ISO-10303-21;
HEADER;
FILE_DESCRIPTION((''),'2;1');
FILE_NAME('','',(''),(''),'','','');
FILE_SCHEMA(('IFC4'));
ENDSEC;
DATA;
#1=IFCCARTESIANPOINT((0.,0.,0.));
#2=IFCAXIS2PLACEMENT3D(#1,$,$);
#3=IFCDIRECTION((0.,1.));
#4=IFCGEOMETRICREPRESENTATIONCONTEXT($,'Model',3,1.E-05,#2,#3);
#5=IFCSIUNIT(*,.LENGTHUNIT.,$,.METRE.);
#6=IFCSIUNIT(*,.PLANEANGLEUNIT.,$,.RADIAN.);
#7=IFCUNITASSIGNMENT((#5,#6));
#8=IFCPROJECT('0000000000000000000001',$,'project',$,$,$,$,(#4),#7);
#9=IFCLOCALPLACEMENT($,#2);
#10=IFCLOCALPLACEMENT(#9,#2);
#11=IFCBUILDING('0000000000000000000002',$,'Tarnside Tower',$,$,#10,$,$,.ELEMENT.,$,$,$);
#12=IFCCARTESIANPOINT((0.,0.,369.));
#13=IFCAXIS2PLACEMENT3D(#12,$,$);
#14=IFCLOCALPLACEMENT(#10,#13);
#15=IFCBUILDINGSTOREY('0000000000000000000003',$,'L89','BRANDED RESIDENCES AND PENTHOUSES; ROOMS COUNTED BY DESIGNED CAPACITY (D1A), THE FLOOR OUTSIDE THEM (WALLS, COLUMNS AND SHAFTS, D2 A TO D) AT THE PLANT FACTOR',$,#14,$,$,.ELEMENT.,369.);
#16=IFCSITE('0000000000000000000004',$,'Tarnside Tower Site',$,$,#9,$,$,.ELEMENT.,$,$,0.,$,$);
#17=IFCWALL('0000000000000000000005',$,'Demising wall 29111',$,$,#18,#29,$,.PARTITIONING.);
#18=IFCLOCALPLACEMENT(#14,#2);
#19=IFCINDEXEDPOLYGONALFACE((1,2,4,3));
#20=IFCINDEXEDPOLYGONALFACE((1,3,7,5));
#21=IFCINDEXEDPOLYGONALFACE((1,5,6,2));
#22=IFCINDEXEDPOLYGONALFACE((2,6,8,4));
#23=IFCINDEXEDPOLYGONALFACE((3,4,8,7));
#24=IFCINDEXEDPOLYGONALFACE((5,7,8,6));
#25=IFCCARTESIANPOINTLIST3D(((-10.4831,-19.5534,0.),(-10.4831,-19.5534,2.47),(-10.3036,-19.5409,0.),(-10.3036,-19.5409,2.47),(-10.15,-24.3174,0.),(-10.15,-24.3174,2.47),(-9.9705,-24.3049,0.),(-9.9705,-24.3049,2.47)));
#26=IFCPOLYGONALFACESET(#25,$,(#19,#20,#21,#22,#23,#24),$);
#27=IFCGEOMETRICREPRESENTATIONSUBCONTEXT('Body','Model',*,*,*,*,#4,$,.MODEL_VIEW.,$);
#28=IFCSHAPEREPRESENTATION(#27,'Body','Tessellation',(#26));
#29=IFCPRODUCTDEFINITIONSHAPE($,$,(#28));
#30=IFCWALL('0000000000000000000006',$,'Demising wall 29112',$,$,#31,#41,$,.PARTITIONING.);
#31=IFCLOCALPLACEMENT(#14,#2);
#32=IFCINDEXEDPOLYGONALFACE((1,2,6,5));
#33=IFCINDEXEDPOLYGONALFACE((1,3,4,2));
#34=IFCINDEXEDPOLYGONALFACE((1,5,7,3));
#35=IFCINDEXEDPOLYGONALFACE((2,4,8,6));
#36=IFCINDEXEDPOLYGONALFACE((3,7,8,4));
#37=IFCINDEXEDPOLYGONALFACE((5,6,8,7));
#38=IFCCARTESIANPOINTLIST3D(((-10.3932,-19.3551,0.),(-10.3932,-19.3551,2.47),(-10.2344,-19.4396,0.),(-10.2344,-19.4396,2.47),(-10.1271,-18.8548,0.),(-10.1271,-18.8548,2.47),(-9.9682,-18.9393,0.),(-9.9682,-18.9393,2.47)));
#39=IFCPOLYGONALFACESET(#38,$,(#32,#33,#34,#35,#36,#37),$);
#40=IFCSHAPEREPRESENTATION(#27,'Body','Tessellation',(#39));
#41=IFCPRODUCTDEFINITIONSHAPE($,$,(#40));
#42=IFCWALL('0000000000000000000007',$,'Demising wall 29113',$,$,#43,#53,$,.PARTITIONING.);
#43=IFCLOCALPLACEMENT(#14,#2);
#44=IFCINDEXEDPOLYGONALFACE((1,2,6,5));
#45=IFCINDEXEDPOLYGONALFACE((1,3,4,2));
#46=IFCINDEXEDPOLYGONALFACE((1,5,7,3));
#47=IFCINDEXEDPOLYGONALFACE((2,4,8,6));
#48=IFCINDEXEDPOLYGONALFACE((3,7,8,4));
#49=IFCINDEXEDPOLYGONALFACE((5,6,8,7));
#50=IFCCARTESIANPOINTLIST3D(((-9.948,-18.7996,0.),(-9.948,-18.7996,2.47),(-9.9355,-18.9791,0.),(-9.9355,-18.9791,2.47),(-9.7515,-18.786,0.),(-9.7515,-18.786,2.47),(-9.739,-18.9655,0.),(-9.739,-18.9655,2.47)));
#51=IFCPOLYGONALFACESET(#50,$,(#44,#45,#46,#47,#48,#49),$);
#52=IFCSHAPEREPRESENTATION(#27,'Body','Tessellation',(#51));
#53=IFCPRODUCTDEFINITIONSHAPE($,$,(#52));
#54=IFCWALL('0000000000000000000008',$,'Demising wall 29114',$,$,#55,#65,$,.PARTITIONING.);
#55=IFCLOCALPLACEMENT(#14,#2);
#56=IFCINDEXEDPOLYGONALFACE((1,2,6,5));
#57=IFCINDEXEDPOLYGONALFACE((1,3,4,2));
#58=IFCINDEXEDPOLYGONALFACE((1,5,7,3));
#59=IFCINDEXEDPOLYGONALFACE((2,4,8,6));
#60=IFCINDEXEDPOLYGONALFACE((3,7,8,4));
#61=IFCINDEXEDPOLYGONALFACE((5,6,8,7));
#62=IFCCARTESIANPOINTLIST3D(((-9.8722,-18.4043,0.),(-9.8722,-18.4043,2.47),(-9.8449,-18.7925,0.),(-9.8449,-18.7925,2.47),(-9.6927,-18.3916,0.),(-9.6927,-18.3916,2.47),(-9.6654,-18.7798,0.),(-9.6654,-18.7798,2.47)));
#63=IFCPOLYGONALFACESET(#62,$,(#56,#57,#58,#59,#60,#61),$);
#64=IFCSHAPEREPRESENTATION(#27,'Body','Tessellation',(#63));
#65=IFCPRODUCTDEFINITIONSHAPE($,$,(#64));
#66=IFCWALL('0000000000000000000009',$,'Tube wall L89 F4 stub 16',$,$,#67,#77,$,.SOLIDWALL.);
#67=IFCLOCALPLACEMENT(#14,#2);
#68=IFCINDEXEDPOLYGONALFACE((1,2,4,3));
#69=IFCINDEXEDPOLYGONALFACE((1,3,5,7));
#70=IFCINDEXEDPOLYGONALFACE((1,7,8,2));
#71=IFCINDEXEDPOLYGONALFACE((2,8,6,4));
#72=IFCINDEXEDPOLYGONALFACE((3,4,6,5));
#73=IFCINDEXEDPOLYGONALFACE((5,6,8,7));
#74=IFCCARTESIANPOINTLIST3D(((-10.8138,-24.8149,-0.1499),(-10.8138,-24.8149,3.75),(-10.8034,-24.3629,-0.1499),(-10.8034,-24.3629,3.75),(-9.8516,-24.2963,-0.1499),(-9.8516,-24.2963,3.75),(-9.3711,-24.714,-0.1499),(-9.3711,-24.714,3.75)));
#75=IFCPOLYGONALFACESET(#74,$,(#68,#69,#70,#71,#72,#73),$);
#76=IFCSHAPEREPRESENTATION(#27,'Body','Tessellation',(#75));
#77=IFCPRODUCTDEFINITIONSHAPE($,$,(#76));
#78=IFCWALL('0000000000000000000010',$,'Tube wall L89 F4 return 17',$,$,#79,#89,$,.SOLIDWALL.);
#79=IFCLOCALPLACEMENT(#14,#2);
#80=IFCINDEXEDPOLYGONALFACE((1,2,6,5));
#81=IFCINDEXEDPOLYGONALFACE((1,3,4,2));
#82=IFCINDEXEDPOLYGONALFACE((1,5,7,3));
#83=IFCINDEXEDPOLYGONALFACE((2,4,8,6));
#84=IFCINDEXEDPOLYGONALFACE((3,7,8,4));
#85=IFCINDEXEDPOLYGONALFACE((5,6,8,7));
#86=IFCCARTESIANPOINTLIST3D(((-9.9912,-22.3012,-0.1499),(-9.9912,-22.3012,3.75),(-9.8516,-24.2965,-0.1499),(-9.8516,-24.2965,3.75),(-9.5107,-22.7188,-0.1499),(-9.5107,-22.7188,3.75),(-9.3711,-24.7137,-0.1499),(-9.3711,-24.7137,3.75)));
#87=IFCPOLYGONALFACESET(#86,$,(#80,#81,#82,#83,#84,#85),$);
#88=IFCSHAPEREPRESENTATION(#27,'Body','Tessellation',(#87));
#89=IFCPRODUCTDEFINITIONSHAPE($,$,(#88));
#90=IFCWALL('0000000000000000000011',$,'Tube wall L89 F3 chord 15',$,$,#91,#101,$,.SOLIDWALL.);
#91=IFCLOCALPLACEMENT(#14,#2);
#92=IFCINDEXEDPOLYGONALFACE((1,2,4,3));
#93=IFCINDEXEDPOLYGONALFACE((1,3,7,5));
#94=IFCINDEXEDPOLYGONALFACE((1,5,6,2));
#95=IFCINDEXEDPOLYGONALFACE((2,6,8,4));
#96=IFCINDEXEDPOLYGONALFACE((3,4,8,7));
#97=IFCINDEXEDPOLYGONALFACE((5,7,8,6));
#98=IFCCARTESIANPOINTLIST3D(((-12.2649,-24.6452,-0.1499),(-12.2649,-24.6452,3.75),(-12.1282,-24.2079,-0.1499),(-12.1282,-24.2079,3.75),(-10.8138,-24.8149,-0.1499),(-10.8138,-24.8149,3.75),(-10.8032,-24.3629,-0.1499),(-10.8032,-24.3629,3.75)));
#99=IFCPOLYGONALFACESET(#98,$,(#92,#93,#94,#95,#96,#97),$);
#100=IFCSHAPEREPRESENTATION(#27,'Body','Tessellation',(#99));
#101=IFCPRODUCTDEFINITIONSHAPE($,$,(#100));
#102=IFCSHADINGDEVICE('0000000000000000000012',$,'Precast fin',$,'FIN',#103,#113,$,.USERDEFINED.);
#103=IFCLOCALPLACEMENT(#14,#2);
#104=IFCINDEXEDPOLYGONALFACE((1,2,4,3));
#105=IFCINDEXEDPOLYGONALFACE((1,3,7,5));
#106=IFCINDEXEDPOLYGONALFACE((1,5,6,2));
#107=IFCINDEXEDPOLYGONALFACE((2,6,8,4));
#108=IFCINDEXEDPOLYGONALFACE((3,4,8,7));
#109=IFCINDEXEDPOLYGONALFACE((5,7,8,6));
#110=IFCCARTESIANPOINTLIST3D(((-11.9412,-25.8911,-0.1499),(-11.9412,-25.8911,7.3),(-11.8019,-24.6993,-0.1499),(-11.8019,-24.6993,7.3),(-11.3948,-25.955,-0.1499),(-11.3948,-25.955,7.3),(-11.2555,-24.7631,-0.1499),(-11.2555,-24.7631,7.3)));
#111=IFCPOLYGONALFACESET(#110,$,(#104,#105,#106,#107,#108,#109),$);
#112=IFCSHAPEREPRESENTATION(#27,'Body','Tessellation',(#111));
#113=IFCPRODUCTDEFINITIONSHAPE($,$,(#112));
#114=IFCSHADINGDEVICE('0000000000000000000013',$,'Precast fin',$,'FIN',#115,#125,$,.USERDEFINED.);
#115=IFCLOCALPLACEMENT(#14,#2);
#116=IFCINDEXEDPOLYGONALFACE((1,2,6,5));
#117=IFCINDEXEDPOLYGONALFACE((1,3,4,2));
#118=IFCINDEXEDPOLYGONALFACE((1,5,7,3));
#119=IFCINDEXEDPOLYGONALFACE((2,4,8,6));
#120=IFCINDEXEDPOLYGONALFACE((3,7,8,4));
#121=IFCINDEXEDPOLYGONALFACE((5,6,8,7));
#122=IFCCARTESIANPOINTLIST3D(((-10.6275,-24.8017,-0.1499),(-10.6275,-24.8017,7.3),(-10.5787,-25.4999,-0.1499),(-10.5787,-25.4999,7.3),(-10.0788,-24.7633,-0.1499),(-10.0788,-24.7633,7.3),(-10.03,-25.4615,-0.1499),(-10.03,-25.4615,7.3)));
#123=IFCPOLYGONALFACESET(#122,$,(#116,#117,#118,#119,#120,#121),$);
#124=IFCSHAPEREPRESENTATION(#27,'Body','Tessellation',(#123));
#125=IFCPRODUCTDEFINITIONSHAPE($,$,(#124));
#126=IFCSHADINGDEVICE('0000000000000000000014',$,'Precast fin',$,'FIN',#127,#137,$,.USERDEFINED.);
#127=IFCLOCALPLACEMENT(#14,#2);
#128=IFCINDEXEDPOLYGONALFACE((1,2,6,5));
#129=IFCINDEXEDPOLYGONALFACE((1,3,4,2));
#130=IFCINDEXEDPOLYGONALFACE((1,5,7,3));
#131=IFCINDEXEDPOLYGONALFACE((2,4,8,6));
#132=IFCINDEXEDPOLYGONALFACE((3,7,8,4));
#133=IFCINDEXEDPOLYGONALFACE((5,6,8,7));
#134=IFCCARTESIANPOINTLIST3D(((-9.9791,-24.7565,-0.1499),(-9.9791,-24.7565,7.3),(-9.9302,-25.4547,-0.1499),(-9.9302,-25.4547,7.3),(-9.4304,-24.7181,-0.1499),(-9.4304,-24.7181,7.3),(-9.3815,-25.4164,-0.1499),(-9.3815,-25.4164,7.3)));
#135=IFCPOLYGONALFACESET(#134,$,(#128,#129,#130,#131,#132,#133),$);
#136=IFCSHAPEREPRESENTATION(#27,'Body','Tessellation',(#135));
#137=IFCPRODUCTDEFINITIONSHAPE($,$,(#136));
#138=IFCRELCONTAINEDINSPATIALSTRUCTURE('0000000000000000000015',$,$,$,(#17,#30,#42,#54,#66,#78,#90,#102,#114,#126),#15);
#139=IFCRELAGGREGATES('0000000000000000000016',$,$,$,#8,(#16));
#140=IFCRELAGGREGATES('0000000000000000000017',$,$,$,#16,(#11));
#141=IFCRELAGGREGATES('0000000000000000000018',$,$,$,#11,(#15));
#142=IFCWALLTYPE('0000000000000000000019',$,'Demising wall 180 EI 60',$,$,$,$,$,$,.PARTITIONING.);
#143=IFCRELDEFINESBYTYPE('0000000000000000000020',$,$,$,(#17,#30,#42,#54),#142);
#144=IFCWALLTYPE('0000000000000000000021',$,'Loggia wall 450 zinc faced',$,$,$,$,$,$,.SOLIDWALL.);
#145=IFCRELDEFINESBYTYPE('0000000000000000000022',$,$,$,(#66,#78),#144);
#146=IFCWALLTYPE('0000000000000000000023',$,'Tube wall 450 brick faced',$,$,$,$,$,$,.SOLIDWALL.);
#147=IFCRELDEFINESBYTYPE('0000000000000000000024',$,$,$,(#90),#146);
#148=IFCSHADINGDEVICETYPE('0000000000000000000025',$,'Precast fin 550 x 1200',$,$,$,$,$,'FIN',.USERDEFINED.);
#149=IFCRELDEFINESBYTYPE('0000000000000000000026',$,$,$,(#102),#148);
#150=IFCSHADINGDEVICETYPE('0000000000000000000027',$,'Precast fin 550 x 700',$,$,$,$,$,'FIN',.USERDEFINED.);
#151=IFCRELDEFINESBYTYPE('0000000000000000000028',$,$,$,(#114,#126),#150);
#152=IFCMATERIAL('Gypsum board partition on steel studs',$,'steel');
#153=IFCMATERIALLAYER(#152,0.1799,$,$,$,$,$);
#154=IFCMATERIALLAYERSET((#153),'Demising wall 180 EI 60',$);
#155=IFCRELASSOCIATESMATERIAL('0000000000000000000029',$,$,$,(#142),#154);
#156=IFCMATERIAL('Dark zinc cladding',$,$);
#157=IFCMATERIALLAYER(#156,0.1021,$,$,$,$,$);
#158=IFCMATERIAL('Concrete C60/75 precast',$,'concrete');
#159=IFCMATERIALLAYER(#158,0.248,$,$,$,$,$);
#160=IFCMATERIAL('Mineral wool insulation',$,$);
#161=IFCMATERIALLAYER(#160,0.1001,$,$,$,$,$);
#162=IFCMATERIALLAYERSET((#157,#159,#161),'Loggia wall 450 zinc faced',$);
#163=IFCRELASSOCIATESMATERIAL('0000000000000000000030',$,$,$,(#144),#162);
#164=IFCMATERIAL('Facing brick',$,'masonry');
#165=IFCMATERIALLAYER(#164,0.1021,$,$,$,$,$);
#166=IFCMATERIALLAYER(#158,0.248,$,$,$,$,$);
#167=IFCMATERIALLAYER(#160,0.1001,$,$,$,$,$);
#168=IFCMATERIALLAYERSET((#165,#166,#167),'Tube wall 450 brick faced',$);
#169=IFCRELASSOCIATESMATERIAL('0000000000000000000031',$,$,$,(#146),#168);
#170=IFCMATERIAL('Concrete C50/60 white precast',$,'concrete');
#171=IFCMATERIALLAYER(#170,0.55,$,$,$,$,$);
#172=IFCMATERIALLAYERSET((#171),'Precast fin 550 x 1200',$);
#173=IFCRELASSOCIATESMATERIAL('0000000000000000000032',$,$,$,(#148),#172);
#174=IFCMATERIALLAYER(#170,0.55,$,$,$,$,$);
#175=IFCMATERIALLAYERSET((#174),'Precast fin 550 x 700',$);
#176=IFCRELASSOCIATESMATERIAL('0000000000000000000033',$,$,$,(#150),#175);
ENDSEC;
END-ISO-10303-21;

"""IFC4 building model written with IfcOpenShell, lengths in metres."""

from ifc_helpers import new_model, si_unit, direction, frame, frame_2d, origin, place, context, subcontext, project, spatial, polyline, rectangle, outline, extrude, material, layer, layer_set, type_object, element, save


model = new_model("IFC4")

# Units and contexts
model_context = context("Model", 3, precision=1e-05, world=origin(), true_north=direction((0.0, 1.0)))
body_context = subcontext(model_context, "Body", "Model", "MODEL_VIEW")
ifc_project = project(units=[si_unit("LENGTHUNIT", "METRE"), si_unit("PLANEANGLEUNIT", "RADIAN")], contexts=[model_context])

# Site, building, storey
site_placement = place(None, origin())
site = spatial("IfcSite", under=ifc_project, at=site_placement, Name="Tarnside Tower Site", CompositionType="ELEMENT", RefElevation=0.0)
building_placement = place(site_placement, origin())
building = spatial("IfcBuilding", under=site, at=building_placement, Name="Tarnside Tower", CompositionType="ELEMENT")
storey_placement = place(building_placement, frame((0.0, 0.0, 369.0)))
storey = spatial("IfcBuildingStorey", under=building, at=storey_placement, Name="L89", Description="BRANDED RESIDENCES AND PENTHOUSES; ROOMS COUNTED BY DESIGNED CAPACITY (D1A), THE FLOOR OUTSIDE THEM (WALLS, COLUMNS AND SHAFTS, D2 A TO D) AT THE PLANT FACTOR", CompositionType="ELEMENT", Elevation=369.0)

# Walls
ifc_material_1 = material(Name="Gypsum board partition on steel studs", Category="steel")
ifc_layer_1 = layer(ifc_material_1, 0.1799)
ifc_layer_set_1 = layer_set([ifc_layer_1], Name="Demising wall 180 EI 60")
wall_type_1 = type_object("IfcWallType", Name="Demising wall 180 EI 60", PredefinedType="PARTITIONING", material=ifc_layer_set_1)
wall_1_placement = place(storey_placement, frame((-10.0603, -24.311, 0.0), z_axis=(0.0, 0.0, 1.0), x_axis=(-0.069732, 0.997566, 0.0)))
element("IfcWall", 1, at=wall_1_placement, inside=storey, type_object=wall_type_1, Name="Demising wall 29111", PredefinedType="PARTITIONING", context=body_context, shape_type="SweptSolid", body=[
    extrude(rectangle(XDim=4.7756, YDim=0.1799, at=frame_2d((2.3877, 0.0))), origin(), (0.0, 0.0, 1.0), 2.47),
])
wall_2_placement = place(storey_placement, frame((-10.3137, -19.3972, 0.0), z_axis=(0.0, 0.0, 1.0), x_axis=(0.469649, 0.882853, 0.0)))
element("IfcWall", 2, at=wall_2_placement, inside=storey, type_object=wall_type_1, Name="Demising wall 29112", PredefinedType="PARTITIONING", context=body_context, shape_type="SweptSolid", body=[
    extrude(rectangle(XDim=0.5667, YDim=0.1799, at=frame_2d((0.2832, 0.0))), origin(), (0.0, 0.0, 1.0), 2.47),
])
wall_3_placement = place(storey_placement, frame((-9.9419, -18.8894, 0.0), z_axis=(0.0, 0.0, 1.0), x_axis=(0.997589, 0.069398, 0.0)))
element("IfcWall", 3, at=wall_3_placement, inside=storey, type_object=wall_type_1, Name="Demising wall 29113", PredefinedType="PARTITIONING", context=body_context, shape_type="SweptSolid", body=[
    extrude(rectangle(XDim=0.197, YDim=0.1799, at=frame_2d((0.0986, 0.0))), origin(), (0.0, 0.0, 1.0), 2.47),
])
wall_4_placement = place(storey_placement, frame((-9.7551, -18.7861, 0.0), z_axis=(0.0, 0.0, 1.0), x_axis=(-0.070266, 0.997528, 0.0)))
element("IfcWall", 4, at=wall_4_placement, inside=storey, type_object=wall_type_1, Name="Demising wall 29114", PredefinedType="PARTITIONING", context=body_context, shape_type="SweptSolid", body=[
    extrude(rectangle(XDim=0.3892, YDim=0.1799, at=frame_2d((0.1946, 0.0))), origin(), (0.0, 0.0, 1.0), 2.47),
])
ifc_material_2 = material(Name="Dark zinc cladding")
ifc_layer_2 = layer(ifc_material_2, 0.1021)
ifc_material_3 = material(Name="Concrete C60/75 precast", Category="concrete")
ifc_layer_3 = layer(ifc_material_3, 0.248)
ifc_material_4 = material(Name="Mineral wool insulation")
ifc_layer_4 = layer(ifc_material_4, 0.1001)
ifc_layer_set_2 = layer_set([ifc_layer_2, ifc_layer_3, ifc_layer_4], Name="Loggia wall 450 zinc faced")
wall_type_2 = type_object("IfcWallType", Name="Loggia wall 450 zinc faced", PredefinedType="SOLIDWALL", material=ifc_layer_set_2)
wall_5_placement = place(storey_placement, frame((-10.8086, -24.5889, -0.1499), z_axis=(0.0, 0.0, 1.0), x_axis=(0.997563, 0.069772, 0.0)))
element("IfcWall", 5, at=wall_5_placement, inside=storey, type_object=wall_type_2, Name="Tube wall L89 F4 stub 16", PredefinedType="SOLIDWALL", context=body_context, shape_type="SweptSolid", body=[
    extrude(outline(polyline([(-0.021, -0.2251), (1.4253, -0.2251), (0.9751, 0.2251), (0.021, 0.2251), (-0.021, -0.2251)])), origin(), (0.0, 0.0, 1.0), 3.8999),
])
wall_6_placement = place(storey_placement, frame((-9.6113, -24.5051, -0.1499), z_axis=(0.0, 0.0, 1.0), x_axis=(-0.069824, 0.997559, 0.0)))
element("IfcWall", 6, at=wall_6_placement, inside=storey, type_object=wall_type_2, Name="Tube wall L89 F4 return 17", PredefinedType="SOLIDWALL", context=body_context, shape_type="SweptSolid", body=[
    extrude(outline(polyline([(-0.2249, -0.2251), (1.7749, -0.2251), (2.2251, 0.2251), (0.2249, 0.2251), (-0.2249, -0.2251)])), origin(), (0.0, 0.0, 1.0), 3.8999),
])

# Wall
ifc_material_5 = material(Name="Facing brick", Category="masonry")
ifc_layer_5 = layer(ifc_material_5, 0.1021)
ifc_layer_6 = layer(ifc_material_3, 0.248)
ifc_layer_7 = layer(ifc_material_4, 0.1001)
ifc_layer_set_3 = layer_set([ifc_layer_5, ifc_layer_6, ifc_layer_7], Name="Tube wall 450 brick faced")
wall_type_3 = type_object("IfcWallType", Name="Tube wall 450 brick faced", PredefinedType="SOLIDWALL", material=ifc_layer_set_3)
wall_7_placement = place(storey_placement, frame((-12.1965, -24.4265, -0.1499), z_axis=(0.0, 0.0, 1.0), x_axis=(0.993228, -0.116182, 0.0)))
element("IfcWall", 7, at=wall_7_placement, inside=storey, type_object=wall_type_3, Name="Tube wall L89 F3 chord 15", PredefinedType="SOLIDWALL", context=body_context, shape_type="SweptSolid", body=[
    extrude(outline(polyline([(-0.0425, -0.2251), (1.4185, -0.2251), (1.3765, 0.2251), (0.0425, 0.2251), (-0.0425, -0.2251)])), origin(), (0.0, 0.0, 1.0), 3.8999),
])

# Shading devices
ifc_material_6 = material(Name="Concrete C50/60 white precast", Category="concrete")
ifc_layer_8 = layer(ifc_material_6, 0.55)
ifc_layer_set_4 = layer_set([ifc_layer_8], Name="Precast fin 550 x 1200")
shading_device_type_1 = type_object("IfcShadingDeviceType", Name="Precast fin 550 x 1200", ElementType="FIN", PredefinedType="USERDEFINED", material=ifc_layer_set_4)
shading_device_placement = place(storey_placement, frame((-11.5286, -24.7312, -0.1499), z_axis=(-0.993238, 0.116093, 0.0), x_axis=(-0.116093, -0.993238, 0.0)))
element("IfcShadingDevice", 8, at=shading_device_placement, inside=storey, type_object=shading_device_type_1, Name="Precast fin", ObjectType="FIN", PredefinedType="USERDEFINED", context=body_context, shape_type="SweptSolid", body=[
    extrude(outline(polyline([(0.0, 0.0), (1.2, 0.0), (1.2, 7.45), (0.0, 7.45), (0.0, 0.0)])), frame((0.0, 0.0, -0.2749)), (0.0, 0.0, 1.0), 0.55),
])
ifc_layer_9 = layer(ifc_material_6, 0.55)
ifc_layer_set_5 = layer_set([ifc_layer_9], Name="Precast fin 550 x 700")
shading_device_type_2 = type_object("IfcShadingDeviceType", Name="Precast fin 550 x 700", ElementType="FIN", PredefinedType="USERDEFINED", material=ifc_layer_set_5)
for number, where, z_axis, x_axis, name in (
    (9, (-10.353, -24.7825, -0.1499), (-0.997564, -0.069756, 0.0), (0.069756, -0.997564, 0.0), "Precast fin"),
    (10, (-9.7046, -24.7373, -0.1499), (-0.997564, -0.069756, 0.0), (0.069756, -0.997564, 0.0), "Precast fin"),
):
    element("IfcShadingDevice", number, at=place(storey_placement, frame(where, z_axis=z_axis, x_axis=x_axis)), inside=storey, type_object=shading_device_type_2, Name=name, ObjectType="FIN", PredefinedType="USERDEFINED", context=body_context, shape_type="SweptSolid", body=[
        extrude(outline(polyline([(0.0, 0.0), (0.7, 0.0), (0.7, 7.45), (0.0, 7.45), (0.0, 0.0)])), frame((0.0, 0.0, -0.2749)), (0.0, 0.0, 1.0), 0.55),
    ])

save(model, "model.ifc")
